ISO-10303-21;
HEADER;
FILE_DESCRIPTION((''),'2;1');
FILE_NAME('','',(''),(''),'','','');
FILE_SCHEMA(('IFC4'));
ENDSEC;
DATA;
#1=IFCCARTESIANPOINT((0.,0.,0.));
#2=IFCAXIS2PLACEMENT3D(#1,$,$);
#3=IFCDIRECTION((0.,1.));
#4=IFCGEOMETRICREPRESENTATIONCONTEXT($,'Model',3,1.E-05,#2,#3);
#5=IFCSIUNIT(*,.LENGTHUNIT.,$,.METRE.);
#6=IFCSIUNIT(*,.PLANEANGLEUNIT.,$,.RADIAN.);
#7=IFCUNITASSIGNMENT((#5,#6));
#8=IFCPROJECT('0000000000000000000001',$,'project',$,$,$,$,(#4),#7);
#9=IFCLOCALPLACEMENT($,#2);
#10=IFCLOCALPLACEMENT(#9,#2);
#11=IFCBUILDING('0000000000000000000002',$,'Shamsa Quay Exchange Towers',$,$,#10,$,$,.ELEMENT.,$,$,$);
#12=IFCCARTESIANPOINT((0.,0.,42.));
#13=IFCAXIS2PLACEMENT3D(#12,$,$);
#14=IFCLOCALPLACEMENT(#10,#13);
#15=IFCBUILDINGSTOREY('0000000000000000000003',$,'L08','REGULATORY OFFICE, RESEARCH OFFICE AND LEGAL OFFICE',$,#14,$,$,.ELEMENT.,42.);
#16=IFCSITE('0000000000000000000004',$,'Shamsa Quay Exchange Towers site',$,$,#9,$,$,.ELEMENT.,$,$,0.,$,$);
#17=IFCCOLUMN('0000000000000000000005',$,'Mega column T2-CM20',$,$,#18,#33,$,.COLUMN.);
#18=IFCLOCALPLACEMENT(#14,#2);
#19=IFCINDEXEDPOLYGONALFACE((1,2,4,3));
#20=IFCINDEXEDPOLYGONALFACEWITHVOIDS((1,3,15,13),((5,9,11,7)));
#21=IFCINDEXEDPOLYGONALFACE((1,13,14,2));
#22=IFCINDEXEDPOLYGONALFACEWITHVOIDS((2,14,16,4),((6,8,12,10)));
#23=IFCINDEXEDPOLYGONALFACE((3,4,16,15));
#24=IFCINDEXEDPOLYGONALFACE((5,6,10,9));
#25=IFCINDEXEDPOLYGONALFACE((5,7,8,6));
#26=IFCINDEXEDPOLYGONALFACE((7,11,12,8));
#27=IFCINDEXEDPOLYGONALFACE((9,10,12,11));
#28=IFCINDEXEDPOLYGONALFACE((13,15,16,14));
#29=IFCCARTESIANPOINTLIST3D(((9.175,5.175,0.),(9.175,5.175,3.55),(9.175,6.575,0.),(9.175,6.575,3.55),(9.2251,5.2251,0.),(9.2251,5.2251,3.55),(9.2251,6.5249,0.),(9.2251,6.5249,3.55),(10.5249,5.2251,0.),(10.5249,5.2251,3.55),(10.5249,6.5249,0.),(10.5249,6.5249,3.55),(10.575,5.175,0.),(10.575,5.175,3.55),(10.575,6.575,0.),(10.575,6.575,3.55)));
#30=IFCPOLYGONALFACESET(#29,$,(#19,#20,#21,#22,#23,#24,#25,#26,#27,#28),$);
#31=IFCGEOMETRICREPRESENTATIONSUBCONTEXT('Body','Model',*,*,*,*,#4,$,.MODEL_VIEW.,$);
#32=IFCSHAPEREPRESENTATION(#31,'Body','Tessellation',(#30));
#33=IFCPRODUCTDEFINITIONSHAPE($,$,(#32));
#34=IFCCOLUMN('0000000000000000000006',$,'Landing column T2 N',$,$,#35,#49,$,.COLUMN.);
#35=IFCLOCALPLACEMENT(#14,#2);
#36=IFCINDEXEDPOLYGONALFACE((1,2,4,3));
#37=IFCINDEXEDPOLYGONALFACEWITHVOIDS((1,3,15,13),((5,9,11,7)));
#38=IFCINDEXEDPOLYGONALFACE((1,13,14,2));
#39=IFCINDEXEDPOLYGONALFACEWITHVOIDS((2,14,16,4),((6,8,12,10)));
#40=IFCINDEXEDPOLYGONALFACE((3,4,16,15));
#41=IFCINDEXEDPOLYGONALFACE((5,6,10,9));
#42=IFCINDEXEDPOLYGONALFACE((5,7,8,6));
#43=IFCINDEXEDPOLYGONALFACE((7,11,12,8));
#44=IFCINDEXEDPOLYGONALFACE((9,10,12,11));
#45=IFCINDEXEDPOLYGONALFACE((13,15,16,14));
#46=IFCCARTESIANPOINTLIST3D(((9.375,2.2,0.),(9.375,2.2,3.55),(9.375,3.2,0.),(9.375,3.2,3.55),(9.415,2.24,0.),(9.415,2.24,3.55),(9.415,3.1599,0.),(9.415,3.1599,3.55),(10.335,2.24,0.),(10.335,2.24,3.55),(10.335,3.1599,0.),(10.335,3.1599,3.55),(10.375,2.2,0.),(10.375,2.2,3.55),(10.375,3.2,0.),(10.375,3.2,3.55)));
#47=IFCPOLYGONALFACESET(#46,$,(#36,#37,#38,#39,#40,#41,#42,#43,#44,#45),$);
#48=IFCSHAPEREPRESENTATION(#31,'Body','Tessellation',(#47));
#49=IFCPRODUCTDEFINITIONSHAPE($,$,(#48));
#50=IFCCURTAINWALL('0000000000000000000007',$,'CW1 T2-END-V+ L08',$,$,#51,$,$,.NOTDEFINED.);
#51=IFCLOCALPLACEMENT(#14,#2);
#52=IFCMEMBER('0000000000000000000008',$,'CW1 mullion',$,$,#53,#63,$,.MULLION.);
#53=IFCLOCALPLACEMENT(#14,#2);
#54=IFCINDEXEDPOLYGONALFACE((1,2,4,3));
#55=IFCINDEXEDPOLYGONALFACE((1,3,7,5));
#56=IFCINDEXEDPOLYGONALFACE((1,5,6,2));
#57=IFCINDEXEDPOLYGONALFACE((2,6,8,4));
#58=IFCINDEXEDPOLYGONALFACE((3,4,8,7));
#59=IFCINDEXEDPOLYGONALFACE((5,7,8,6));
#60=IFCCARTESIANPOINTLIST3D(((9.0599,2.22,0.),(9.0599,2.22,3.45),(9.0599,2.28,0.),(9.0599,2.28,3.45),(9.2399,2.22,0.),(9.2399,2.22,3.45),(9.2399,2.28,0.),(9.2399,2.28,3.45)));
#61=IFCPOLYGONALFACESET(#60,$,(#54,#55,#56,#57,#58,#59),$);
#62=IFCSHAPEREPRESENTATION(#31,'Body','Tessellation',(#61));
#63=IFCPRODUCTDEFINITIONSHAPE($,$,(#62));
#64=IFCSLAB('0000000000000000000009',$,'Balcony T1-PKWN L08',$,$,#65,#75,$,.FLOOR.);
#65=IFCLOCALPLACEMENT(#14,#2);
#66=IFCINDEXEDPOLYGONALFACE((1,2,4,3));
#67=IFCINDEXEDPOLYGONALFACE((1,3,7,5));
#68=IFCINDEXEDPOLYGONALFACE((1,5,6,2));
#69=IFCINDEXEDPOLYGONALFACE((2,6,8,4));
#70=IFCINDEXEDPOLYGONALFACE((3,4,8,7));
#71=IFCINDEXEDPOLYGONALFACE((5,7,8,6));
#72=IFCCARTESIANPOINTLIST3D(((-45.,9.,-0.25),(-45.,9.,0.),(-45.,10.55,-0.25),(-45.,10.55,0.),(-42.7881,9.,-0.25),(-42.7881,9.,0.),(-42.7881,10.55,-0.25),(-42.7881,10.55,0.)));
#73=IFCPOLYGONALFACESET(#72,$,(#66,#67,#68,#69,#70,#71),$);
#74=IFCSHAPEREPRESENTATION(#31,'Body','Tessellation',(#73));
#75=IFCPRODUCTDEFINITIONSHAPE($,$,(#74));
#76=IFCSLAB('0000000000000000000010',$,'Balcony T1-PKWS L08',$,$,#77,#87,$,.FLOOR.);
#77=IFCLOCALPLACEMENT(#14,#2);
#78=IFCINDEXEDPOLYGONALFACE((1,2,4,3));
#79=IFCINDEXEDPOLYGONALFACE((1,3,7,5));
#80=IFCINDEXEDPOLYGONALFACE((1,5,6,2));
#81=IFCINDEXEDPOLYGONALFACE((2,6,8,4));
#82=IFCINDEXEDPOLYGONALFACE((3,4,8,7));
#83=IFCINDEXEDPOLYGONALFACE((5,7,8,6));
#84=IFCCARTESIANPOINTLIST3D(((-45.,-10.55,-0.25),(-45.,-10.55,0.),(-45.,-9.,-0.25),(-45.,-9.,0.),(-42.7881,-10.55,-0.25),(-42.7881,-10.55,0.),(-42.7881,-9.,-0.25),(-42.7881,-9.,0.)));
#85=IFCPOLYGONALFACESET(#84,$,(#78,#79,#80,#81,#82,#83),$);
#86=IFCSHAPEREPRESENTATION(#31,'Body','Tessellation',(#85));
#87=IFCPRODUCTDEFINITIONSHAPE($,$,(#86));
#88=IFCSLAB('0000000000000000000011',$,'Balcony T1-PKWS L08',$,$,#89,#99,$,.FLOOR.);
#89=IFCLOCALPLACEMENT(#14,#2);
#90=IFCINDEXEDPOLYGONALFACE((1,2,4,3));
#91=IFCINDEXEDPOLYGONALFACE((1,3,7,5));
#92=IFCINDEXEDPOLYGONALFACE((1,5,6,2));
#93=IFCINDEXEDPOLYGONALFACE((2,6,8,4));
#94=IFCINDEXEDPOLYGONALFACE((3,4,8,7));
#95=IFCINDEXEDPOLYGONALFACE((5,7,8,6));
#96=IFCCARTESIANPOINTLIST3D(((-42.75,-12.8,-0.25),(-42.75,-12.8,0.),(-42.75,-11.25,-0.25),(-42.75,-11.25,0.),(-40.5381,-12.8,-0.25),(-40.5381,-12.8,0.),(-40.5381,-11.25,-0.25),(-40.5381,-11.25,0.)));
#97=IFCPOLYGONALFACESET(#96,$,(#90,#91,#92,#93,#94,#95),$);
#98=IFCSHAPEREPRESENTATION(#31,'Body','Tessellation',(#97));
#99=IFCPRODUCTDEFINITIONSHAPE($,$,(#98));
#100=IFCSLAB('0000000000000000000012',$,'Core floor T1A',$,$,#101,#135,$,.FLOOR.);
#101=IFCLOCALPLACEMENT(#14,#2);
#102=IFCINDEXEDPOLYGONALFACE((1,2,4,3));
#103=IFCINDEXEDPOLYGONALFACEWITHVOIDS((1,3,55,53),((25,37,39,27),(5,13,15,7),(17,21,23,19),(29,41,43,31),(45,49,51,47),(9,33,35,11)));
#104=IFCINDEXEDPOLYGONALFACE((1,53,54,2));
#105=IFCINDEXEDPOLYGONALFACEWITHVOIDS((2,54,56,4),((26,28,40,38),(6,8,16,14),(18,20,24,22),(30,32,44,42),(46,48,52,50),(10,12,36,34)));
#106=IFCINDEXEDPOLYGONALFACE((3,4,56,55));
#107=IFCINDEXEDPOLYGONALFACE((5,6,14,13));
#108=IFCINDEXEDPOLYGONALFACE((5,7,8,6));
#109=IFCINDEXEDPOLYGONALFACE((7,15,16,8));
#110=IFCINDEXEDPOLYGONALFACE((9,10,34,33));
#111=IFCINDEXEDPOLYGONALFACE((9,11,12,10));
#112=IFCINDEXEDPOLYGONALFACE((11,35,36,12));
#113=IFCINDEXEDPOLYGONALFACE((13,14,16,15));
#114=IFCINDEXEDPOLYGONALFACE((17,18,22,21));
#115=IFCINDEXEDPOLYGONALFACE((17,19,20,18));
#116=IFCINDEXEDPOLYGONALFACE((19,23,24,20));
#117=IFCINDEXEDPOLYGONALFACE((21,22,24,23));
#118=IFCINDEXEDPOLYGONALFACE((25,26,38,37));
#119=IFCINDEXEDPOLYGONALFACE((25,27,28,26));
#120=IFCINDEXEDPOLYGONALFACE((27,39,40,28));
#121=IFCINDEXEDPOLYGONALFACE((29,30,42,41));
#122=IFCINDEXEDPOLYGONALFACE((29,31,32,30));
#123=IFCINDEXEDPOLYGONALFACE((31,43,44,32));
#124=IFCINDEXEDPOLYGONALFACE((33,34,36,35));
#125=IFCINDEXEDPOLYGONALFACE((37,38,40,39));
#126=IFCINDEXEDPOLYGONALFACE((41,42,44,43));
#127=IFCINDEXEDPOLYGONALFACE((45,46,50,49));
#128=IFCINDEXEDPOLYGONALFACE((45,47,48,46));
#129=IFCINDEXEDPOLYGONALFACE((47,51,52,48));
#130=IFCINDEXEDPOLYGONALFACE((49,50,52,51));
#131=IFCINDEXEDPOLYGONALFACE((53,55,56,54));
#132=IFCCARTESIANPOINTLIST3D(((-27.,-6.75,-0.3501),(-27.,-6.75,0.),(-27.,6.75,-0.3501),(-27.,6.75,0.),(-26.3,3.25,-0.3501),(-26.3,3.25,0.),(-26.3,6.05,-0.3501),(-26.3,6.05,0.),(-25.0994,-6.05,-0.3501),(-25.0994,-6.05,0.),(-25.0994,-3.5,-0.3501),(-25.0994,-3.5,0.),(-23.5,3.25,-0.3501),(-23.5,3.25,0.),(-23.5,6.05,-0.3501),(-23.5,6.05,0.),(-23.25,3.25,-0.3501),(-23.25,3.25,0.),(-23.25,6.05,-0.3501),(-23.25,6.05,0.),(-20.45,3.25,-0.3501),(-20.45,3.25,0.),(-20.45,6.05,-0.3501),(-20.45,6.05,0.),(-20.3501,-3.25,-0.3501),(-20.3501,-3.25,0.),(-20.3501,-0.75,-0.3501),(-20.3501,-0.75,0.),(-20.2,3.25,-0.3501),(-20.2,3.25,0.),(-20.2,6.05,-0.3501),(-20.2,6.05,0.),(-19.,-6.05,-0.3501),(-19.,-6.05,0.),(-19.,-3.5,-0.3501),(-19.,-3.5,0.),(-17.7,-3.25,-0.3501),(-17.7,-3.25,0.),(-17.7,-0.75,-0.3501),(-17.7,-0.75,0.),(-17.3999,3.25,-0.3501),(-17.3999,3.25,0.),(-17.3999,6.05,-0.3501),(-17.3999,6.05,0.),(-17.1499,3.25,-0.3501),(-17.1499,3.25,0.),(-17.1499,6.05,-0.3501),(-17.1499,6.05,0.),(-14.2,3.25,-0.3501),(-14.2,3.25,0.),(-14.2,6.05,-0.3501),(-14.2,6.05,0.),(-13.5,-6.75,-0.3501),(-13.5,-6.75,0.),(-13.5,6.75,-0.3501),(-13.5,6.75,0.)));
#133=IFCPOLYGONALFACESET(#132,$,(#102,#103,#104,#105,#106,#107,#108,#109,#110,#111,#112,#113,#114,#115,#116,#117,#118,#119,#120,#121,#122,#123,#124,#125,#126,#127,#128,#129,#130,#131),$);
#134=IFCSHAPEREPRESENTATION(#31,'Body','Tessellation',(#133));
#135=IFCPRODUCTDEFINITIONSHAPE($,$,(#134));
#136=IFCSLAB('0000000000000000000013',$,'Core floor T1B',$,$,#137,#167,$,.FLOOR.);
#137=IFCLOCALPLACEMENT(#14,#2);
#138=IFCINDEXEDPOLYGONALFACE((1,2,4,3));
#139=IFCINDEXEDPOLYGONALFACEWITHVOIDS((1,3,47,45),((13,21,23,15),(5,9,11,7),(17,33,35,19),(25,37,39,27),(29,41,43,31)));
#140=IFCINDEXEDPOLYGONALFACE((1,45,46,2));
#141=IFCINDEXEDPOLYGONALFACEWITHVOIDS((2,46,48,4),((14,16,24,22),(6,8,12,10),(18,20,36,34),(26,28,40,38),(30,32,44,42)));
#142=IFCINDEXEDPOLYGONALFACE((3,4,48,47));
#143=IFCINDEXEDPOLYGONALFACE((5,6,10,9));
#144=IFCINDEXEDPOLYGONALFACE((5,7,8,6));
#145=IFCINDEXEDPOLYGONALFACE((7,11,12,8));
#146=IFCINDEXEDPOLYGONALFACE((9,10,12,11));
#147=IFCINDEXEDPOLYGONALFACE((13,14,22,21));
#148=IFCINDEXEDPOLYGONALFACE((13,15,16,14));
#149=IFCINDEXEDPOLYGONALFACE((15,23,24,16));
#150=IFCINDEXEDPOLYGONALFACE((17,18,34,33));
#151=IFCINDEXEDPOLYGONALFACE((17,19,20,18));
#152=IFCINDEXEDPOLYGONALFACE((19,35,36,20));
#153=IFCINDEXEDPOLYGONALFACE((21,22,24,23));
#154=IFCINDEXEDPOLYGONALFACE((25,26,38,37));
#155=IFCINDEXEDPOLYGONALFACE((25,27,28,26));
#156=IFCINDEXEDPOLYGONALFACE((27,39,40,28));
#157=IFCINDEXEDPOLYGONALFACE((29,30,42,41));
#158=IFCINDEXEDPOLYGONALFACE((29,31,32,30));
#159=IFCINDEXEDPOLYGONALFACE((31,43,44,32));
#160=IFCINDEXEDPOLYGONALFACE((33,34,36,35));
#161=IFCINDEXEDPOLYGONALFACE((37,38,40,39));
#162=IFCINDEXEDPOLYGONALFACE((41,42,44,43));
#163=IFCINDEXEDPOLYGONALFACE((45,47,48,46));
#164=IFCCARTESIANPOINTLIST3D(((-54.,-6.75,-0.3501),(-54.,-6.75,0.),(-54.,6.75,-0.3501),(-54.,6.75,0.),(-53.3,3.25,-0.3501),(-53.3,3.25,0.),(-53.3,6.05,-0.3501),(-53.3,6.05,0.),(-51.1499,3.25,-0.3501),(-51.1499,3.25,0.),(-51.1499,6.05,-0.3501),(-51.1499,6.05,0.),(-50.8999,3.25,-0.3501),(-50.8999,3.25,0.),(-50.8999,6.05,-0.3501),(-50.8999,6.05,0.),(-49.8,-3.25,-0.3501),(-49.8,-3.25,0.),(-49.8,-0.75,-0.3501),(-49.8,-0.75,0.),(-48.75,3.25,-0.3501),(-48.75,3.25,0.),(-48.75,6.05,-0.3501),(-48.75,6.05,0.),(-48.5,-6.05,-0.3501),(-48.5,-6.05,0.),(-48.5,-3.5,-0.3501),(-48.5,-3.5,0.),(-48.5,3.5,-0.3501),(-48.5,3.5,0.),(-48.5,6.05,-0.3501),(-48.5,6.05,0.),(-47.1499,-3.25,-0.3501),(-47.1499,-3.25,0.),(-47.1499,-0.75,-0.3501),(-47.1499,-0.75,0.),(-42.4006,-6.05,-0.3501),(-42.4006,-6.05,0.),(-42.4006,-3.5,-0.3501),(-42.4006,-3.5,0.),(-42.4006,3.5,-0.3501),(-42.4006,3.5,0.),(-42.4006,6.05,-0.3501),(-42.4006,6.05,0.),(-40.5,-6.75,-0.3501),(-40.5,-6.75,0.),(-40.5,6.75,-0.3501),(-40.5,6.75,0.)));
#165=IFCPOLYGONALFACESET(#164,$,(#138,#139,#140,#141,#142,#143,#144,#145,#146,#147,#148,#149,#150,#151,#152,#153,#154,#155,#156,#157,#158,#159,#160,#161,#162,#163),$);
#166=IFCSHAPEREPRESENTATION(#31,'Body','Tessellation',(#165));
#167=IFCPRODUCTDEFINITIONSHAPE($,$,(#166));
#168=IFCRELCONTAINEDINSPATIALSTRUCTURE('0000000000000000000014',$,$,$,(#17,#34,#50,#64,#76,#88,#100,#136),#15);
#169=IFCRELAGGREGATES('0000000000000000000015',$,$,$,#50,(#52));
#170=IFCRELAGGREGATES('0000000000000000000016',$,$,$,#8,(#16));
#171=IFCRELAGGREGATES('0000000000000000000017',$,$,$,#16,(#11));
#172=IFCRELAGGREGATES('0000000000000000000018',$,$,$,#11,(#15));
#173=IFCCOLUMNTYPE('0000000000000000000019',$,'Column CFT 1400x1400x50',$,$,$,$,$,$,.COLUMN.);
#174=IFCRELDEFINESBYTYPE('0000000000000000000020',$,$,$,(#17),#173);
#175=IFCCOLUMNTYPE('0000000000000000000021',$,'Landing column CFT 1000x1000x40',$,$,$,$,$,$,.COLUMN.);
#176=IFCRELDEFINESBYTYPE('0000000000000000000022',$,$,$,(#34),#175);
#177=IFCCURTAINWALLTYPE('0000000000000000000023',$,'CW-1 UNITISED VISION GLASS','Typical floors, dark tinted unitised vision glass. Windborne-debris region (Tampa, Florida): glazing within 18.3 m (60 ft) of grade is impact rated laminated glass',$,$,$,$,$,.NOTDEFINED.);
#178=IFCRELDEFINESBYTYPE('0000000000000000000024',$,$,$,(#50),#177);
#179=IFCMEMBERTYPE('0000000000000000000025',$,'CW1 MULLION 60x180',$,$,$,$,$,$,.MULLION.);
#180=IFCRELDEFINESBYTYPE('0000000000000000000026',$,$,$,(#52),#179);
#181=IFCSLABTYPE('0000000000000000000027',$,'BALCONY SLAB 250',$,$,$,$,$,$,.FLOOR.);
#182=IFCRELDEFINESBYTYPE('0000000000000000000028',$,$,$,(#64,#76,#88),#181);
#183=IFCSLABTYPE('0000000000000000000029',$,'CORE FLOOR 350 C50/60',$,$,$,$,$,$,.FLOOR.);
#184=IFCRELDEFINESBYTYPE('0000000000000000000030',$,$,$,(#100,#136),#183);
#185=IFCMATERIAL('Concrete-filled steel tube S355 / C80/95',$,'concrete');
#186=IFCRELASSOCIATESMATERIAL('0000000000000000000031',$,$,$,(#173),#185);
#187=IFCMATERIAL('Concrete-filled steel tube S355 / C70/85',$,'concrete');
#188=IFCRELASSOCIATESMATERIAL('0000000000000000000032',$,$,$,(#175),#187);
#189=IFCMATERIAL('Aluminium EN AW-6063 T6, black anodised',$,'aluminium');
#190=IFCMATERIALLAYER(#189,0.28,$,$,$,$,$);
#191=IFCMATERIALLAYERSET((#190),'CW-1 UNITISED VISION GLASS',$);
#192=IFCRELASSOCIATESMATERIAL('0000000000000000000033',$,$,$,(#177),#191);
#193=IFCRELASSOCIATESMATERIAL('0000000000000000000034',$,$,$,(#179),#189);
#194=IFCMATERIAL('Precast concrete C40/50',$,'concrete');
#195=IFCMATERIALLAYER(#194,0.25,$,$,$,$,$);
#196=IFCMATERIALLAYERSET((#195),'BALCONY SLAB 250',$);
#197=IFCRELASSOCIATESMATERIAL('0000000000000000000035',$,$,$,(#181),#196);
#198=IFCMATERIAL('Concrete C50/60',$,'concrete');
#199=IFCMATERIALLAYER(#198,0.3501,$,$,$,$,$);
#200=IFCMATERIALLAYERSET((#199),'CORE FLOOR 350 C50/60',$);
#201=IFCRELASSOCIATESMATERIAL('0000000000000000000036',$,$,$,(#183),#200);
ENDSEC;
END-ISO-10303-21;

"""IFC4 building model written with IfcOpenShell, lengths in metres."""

from ifc_helpers import new_model, si_unit, direction, frame, origin, origin_2d, place, context, subcontext, project, spatial, polyline, rectangle, hollow_rectangle, outline, extrude, material, layer, layer_set, material_profile, profile_set, type_object, element, aggregate, save


model = new_model("IFC4")

# Units and contexts
model_context = context("Model", 3, precision=1e-05, world=origin(), true_north=direction((0.0, 1.0)))
body_context = subcontext(model_context, "Body", "Model", "MODEL_VIEW")
ifc_project = project(units=[si_unit("LENGTHUNIT", "METRE"), si_unit("PLANEANGLEUNIT", "RADIAN")], contexts=[model_context])

# Site, building, storey
site_placement = place(None, origin())
site = spatial("IfcSite", under=ifc_project, at=site_placement, Name="Shamsa Quay Exchange Towers site", CompositionType="ELEMENT", RefElevation=0.0)
building_placement = place(site_placement, origin())
building = spatial("IfcBuilding", under=site, at=building_placement, Name="Shamsa Quay Exchange Towers", CompositionType="ELEMENT")
storey_placement = place(building_placement, frame((0.0, 0.0, 42.0)))
storey = spatial("IfcBuildingStorey", under=building, at=storey_placement, Name="L08", Description="REGULATORY OFFICE, RESEARCH OFFICE AND LEGAL OFFICE", CompositionType="ELEMENT", Elevation=42.0)

# Columns
ifc_material_1 = material(Name="Concrete-filled steel tube S355 / C80/95", Category="concrete")
ifc_material_profile_1 = material_profile(ifc_material_1, hollow_rectangle(XDim=1.3999, YDim=1.3999, WallThickness=0.05, at=origin_2d()), Name="CFT 1400x1400x50")
ifc_profile_set_1 = profile_set([ifc_material_profile_1], Name="Concrete-filled steel tube S355 / C80/95")
column_type_1 = type_object("IfcColumnType", Name="Column CFT 1400x1400x50", PredefinedType="COLUMN", material=ifc_profile_set_1)
column_1_placement = place(storey_placement, frame((9.875, 5.875, 0.0)))
element("IfcColumn", 1, at=column_1_placement, inside=storey, type_object=column_type_1, Name="Mega column T2-CM20", PredefinedType="COLUMN", context=body_context, shape_type="SweptSolid", body=[
    extrude(hollow_rectangle(XDim=1.3999, YDim=1.3999, WallThickness=0.05, at=origin_2d()), origin(), (0.0, 0.0, 1.0), 3.55),
])
ifc_material_2 = material(Name="Concrete-filled steel tube S355 / C70/85", Category="concrete")
ifc_material_profile_2 = material_profile(ifc_material_2, hollow_rectangle(XDim=1.0, YDim=1.0, WallThickness=0.04, at=origin_2d()), Name="CFT 1000x1000x40")
ifc_profile_set_2 = profile_set([ifc_material_profile_2], Name="Concrete-filled steel tube S355 / C70/85")
column_type_2 = type_object("IfcColumnType", Name="Landing column CFT 1000x1000x40", PredefinedType="COLUMN", material=ifc_profile_set_2)
column_2_placement = place(storey_placement, frame((9.875, 2.7, 0.0)))
element("IfcColumn", 2, at=column_2_placement, inside=storey, type_object=column_type_2, Name="Landing column T2 N", PredefinedType="COLUMN", context=body_context, shape_type="SweptSolid", body=[
    extrude(hollow_rectangle(XDim=1.0, YDim=1.0, WallThickness=0.04, at=origin_2d()), origin(), (0.0, 0.0, 1.0), 3.55),
])

# Curtain wall, member
ifc_material_3 = material(Name="Aluminium EN AW-6063 T6, black anodised", Category="aluminium")
ifc_layer_1 = layer(ifc_material_3, 0.28)
ifc_layer_set_1 = layer_set([ifc_layer_1], Name="CW-1 UNITISED VISION GLASS")
curtain_wall_type = type_object("IfcCurtainWallType", Name="CW-1 UNITISED VISION GLASS", Description="Typical floors, dark tinted unitised vision glass. Windborne-debris region (Tampa, Florida): glazing within 18.3 m (60 ft) of grade is impact rated laminated glass", PredefinedType="NOTDEFINED", material=ifc_layer_set_1)
curtain_wall_placement = place(storey_placement, origin())
curtain_wall = element("IfcCurtainWall", 3, at=curtain_wall_placement, inside=storey, type_object=curtain_wall_type, Name="CW1 T2-END-V+ L08", PredefinedType="NOTDEFINED")
ifc_material_profile_3 = material_profile(ifc_material_3, rectangle(XDim=0.1799, YDim=0.0601, at=origin_2d()), Name="MU60x180")
ifc_profile_set_3 = profile_set([ifc_material_profile_3], Name="Aluminium EN AW-6063 T6, black anodised")
member_type = type_object("IfcMemberType", Name="CW1 MULLION 60x180", PredefinedType="MULLION", material=ifc_profile_set_3)
member_placement = place(storey_placement, frame((9.1499, 2.25, 0.0)))
member = element("IfcMember", 4, at=member_placement, type_object=member_type, Name="CW1 mullion", PredefinedType="MULLION", context=body_context, shape_type="SweptSolid", body=[
    extrude(rectangle(XDim=0.1799, YDim=0.0601, at=origin_2d()), origin(), (0.0, 0.0, 1.0), 3.45),
])

# Slabs
ifc_material_4 = material(Name="Precast concrete C40/50", Category="concrete")
ifc_layer_2 = layer(ifc_material_4, 0.25)
ifc_layer_set_2 = layer_set([ifc_layer_2], Name="BALCONY SLAB 250")
slab_type_1 = type_object("IfcSlabType", Name="BALCONY SLAB 250", PredefinedType="FLOOR", material=ifc_layer_set_2)
slab_1_placement = place(storey_placement, frame((0.0, 0.0, -0.25)))
element("IfcSlab", 5, at=slab_1_placement, inside=storey, type_object=slab_type_1, Name="Balcony T1-PKWN L08", PredefinedType="FLOOR", context=body_context, shape_type="SweptSolid", body=[
    extrude(outline(polyline([(-42.7881, 9.0), (-45.0, 9.0), (-45.0, 10.55), (-42.7881, 10.55), (-42.7881, 9.0)])), origin(), (0.0, 0.0, 1.0), 0.25),
])
slab_2_placement = place(storey_placement, frame((0.0, 0.0, -0.25)))
element("IfcSlab", 6, at=slab_2_placement, inside=storey, type_object=slab_type_1, Name="Balcony T1-PKWS L08", PredefinedType="FLOOR", context=body_context, shape_type="SweptSolid", body=[
    extrude(outline(polyline([(-45.0, -9.0), (-42.7881, -9.0), (-42.7881, -10.55), (-45.0, -10.55), (-45.0, -9.0)])), origin(), (0.0, 0.0, 1.0), 0.25),
])
slab_3_placement = place(storey_placement, frame((0.0, 0.0, -0.25)))
element("IfcSlab", 7, at=slab_3_placement, inside=storey, type_object=slab_type_1, Name="Balcony T1-PKWS L08", PredefinedType="FLOOR", context=body_context, shape_type="SweptSolid", body=[
    extrude(outline(polyline([(-42.75, -11.25), (-40.5381, -11.25), (-40.5381, -12.8), (-42.75, -12.8), (-42.75, -11.25)])), origin(), (0.0, 0.0, 1.0), 0.25),
])
ifc_material_5 = material(Name="Concrete C50/60", Category="concrete")
ifc_layer_3 = layer(ifc_material_5, 0.3501)
ifc_layer_set_3 = layer_set([ifc_layer_3], Name="CORE FLOOR 350 C50/60")
slab_type_2 = type_object("IfcSlabType", Name="CORE FLOOR 350 C50/60", PredefinedType="FLOOR", material=ifc_layer_set_3)
slab_4_placement = place(storey_placement, frame((0.0, 0.0, -0.3501)))
element("IfcSlab", 8, at=slab_4_placement, inside=storey, type_object=slab_type_2, Name="Core floor T1A", PredefinedType="FLOOR", context=body_context, shape_type="SweptSolid", body=[
    extrude(outline(polyline([(-27.0, -6.75), (-13.5, -6.75), (-13.5, 6.75), (-27.0, 6.75), (-27.0, -6.75)]), holes=[polyline([(-25.0994, -6.05), (-25.0994, -3.5), (-19.0, -3.5), (-19.0, -6.05), (-25.0994, -6.05)]), polyline([(-26.3, 3.25), (-26.3, 6.05), (-23.5, 6.05), (-23.5, 3.25), (-26.3, 3.25)]), polyline([(-23.25, 3.25), (-23.25, 6.05), (-20.45, 6.05), (-20.45, 3.25), (-23.25, 3.25)]), polyline([(-20.2, 3.25), (-20.2, 6.05), (-17.3999, 6.05), (-17.3999, 3.25), (-20.2, 3.25)]), polyline([(-17.1499, 3.25), (-17.1499, 6.05), (-14.2, 6.05), (-14.2, 3.25), (-17.1499, 3.25)]), polyline([(-20.3501, -3.25), (-20.3501, -0.75), (-17.7, -0.75), (-17.7, -3.25), (-20.3501, -3.25)])]), origin(), (0.0, 0.0, 1.0), 0.3501),
])
slab_5_placement = place(storey_placement, frame((0.0, 0.0, -0.3501)))
element("IfcSlab", 9, at=slab_5_placement, inside=storey, type_object=slab_type_2, Name="Core floor T1B", PredefinedType="FLOOR", context=body_context, shape_type="SweptSolid", body=[
    extrude(outline(polyline([(-40.5, -6.75), (-40.5, 6.75), (-54.0, 6.75), (-54.0, -6.75), (-40.5, -6.75)]), holes=[polyline([(-42.4006, -3.5), (-42.4006, -6.05), (-48.5, -6.05), (-48.5, -3.5), (-42.4006, -3.5)]), polyline([(-42.4006, 6.05), (-42.4006, 3.5), (-48.5, 3.5), (-48.5, 6.05), (-42.4006, 6.05)]), polyline([(-48.75, 3.25), (-50.8999, 3.25), (-50.8999, 6.05), (-48.75, 6.05), (-48.75, 3.25)]), polyline([(-51.1499, 3.25), (-53.3, 3.25), (-53.3, 6.05), (-51.1499, 6.05), (-51.1499, 3.25)]), polyline([(-47.1499, -3.25), (-49.8, -3.25), (-49.8, -0.75), (-47.1499, -0.75), (-47.1499, -3.25)])]), origin(), (0.0, 0.0, 1.0), 0.3501),
])

aggregate(curtain_wall, [member])

save(model, "model.ifc")
